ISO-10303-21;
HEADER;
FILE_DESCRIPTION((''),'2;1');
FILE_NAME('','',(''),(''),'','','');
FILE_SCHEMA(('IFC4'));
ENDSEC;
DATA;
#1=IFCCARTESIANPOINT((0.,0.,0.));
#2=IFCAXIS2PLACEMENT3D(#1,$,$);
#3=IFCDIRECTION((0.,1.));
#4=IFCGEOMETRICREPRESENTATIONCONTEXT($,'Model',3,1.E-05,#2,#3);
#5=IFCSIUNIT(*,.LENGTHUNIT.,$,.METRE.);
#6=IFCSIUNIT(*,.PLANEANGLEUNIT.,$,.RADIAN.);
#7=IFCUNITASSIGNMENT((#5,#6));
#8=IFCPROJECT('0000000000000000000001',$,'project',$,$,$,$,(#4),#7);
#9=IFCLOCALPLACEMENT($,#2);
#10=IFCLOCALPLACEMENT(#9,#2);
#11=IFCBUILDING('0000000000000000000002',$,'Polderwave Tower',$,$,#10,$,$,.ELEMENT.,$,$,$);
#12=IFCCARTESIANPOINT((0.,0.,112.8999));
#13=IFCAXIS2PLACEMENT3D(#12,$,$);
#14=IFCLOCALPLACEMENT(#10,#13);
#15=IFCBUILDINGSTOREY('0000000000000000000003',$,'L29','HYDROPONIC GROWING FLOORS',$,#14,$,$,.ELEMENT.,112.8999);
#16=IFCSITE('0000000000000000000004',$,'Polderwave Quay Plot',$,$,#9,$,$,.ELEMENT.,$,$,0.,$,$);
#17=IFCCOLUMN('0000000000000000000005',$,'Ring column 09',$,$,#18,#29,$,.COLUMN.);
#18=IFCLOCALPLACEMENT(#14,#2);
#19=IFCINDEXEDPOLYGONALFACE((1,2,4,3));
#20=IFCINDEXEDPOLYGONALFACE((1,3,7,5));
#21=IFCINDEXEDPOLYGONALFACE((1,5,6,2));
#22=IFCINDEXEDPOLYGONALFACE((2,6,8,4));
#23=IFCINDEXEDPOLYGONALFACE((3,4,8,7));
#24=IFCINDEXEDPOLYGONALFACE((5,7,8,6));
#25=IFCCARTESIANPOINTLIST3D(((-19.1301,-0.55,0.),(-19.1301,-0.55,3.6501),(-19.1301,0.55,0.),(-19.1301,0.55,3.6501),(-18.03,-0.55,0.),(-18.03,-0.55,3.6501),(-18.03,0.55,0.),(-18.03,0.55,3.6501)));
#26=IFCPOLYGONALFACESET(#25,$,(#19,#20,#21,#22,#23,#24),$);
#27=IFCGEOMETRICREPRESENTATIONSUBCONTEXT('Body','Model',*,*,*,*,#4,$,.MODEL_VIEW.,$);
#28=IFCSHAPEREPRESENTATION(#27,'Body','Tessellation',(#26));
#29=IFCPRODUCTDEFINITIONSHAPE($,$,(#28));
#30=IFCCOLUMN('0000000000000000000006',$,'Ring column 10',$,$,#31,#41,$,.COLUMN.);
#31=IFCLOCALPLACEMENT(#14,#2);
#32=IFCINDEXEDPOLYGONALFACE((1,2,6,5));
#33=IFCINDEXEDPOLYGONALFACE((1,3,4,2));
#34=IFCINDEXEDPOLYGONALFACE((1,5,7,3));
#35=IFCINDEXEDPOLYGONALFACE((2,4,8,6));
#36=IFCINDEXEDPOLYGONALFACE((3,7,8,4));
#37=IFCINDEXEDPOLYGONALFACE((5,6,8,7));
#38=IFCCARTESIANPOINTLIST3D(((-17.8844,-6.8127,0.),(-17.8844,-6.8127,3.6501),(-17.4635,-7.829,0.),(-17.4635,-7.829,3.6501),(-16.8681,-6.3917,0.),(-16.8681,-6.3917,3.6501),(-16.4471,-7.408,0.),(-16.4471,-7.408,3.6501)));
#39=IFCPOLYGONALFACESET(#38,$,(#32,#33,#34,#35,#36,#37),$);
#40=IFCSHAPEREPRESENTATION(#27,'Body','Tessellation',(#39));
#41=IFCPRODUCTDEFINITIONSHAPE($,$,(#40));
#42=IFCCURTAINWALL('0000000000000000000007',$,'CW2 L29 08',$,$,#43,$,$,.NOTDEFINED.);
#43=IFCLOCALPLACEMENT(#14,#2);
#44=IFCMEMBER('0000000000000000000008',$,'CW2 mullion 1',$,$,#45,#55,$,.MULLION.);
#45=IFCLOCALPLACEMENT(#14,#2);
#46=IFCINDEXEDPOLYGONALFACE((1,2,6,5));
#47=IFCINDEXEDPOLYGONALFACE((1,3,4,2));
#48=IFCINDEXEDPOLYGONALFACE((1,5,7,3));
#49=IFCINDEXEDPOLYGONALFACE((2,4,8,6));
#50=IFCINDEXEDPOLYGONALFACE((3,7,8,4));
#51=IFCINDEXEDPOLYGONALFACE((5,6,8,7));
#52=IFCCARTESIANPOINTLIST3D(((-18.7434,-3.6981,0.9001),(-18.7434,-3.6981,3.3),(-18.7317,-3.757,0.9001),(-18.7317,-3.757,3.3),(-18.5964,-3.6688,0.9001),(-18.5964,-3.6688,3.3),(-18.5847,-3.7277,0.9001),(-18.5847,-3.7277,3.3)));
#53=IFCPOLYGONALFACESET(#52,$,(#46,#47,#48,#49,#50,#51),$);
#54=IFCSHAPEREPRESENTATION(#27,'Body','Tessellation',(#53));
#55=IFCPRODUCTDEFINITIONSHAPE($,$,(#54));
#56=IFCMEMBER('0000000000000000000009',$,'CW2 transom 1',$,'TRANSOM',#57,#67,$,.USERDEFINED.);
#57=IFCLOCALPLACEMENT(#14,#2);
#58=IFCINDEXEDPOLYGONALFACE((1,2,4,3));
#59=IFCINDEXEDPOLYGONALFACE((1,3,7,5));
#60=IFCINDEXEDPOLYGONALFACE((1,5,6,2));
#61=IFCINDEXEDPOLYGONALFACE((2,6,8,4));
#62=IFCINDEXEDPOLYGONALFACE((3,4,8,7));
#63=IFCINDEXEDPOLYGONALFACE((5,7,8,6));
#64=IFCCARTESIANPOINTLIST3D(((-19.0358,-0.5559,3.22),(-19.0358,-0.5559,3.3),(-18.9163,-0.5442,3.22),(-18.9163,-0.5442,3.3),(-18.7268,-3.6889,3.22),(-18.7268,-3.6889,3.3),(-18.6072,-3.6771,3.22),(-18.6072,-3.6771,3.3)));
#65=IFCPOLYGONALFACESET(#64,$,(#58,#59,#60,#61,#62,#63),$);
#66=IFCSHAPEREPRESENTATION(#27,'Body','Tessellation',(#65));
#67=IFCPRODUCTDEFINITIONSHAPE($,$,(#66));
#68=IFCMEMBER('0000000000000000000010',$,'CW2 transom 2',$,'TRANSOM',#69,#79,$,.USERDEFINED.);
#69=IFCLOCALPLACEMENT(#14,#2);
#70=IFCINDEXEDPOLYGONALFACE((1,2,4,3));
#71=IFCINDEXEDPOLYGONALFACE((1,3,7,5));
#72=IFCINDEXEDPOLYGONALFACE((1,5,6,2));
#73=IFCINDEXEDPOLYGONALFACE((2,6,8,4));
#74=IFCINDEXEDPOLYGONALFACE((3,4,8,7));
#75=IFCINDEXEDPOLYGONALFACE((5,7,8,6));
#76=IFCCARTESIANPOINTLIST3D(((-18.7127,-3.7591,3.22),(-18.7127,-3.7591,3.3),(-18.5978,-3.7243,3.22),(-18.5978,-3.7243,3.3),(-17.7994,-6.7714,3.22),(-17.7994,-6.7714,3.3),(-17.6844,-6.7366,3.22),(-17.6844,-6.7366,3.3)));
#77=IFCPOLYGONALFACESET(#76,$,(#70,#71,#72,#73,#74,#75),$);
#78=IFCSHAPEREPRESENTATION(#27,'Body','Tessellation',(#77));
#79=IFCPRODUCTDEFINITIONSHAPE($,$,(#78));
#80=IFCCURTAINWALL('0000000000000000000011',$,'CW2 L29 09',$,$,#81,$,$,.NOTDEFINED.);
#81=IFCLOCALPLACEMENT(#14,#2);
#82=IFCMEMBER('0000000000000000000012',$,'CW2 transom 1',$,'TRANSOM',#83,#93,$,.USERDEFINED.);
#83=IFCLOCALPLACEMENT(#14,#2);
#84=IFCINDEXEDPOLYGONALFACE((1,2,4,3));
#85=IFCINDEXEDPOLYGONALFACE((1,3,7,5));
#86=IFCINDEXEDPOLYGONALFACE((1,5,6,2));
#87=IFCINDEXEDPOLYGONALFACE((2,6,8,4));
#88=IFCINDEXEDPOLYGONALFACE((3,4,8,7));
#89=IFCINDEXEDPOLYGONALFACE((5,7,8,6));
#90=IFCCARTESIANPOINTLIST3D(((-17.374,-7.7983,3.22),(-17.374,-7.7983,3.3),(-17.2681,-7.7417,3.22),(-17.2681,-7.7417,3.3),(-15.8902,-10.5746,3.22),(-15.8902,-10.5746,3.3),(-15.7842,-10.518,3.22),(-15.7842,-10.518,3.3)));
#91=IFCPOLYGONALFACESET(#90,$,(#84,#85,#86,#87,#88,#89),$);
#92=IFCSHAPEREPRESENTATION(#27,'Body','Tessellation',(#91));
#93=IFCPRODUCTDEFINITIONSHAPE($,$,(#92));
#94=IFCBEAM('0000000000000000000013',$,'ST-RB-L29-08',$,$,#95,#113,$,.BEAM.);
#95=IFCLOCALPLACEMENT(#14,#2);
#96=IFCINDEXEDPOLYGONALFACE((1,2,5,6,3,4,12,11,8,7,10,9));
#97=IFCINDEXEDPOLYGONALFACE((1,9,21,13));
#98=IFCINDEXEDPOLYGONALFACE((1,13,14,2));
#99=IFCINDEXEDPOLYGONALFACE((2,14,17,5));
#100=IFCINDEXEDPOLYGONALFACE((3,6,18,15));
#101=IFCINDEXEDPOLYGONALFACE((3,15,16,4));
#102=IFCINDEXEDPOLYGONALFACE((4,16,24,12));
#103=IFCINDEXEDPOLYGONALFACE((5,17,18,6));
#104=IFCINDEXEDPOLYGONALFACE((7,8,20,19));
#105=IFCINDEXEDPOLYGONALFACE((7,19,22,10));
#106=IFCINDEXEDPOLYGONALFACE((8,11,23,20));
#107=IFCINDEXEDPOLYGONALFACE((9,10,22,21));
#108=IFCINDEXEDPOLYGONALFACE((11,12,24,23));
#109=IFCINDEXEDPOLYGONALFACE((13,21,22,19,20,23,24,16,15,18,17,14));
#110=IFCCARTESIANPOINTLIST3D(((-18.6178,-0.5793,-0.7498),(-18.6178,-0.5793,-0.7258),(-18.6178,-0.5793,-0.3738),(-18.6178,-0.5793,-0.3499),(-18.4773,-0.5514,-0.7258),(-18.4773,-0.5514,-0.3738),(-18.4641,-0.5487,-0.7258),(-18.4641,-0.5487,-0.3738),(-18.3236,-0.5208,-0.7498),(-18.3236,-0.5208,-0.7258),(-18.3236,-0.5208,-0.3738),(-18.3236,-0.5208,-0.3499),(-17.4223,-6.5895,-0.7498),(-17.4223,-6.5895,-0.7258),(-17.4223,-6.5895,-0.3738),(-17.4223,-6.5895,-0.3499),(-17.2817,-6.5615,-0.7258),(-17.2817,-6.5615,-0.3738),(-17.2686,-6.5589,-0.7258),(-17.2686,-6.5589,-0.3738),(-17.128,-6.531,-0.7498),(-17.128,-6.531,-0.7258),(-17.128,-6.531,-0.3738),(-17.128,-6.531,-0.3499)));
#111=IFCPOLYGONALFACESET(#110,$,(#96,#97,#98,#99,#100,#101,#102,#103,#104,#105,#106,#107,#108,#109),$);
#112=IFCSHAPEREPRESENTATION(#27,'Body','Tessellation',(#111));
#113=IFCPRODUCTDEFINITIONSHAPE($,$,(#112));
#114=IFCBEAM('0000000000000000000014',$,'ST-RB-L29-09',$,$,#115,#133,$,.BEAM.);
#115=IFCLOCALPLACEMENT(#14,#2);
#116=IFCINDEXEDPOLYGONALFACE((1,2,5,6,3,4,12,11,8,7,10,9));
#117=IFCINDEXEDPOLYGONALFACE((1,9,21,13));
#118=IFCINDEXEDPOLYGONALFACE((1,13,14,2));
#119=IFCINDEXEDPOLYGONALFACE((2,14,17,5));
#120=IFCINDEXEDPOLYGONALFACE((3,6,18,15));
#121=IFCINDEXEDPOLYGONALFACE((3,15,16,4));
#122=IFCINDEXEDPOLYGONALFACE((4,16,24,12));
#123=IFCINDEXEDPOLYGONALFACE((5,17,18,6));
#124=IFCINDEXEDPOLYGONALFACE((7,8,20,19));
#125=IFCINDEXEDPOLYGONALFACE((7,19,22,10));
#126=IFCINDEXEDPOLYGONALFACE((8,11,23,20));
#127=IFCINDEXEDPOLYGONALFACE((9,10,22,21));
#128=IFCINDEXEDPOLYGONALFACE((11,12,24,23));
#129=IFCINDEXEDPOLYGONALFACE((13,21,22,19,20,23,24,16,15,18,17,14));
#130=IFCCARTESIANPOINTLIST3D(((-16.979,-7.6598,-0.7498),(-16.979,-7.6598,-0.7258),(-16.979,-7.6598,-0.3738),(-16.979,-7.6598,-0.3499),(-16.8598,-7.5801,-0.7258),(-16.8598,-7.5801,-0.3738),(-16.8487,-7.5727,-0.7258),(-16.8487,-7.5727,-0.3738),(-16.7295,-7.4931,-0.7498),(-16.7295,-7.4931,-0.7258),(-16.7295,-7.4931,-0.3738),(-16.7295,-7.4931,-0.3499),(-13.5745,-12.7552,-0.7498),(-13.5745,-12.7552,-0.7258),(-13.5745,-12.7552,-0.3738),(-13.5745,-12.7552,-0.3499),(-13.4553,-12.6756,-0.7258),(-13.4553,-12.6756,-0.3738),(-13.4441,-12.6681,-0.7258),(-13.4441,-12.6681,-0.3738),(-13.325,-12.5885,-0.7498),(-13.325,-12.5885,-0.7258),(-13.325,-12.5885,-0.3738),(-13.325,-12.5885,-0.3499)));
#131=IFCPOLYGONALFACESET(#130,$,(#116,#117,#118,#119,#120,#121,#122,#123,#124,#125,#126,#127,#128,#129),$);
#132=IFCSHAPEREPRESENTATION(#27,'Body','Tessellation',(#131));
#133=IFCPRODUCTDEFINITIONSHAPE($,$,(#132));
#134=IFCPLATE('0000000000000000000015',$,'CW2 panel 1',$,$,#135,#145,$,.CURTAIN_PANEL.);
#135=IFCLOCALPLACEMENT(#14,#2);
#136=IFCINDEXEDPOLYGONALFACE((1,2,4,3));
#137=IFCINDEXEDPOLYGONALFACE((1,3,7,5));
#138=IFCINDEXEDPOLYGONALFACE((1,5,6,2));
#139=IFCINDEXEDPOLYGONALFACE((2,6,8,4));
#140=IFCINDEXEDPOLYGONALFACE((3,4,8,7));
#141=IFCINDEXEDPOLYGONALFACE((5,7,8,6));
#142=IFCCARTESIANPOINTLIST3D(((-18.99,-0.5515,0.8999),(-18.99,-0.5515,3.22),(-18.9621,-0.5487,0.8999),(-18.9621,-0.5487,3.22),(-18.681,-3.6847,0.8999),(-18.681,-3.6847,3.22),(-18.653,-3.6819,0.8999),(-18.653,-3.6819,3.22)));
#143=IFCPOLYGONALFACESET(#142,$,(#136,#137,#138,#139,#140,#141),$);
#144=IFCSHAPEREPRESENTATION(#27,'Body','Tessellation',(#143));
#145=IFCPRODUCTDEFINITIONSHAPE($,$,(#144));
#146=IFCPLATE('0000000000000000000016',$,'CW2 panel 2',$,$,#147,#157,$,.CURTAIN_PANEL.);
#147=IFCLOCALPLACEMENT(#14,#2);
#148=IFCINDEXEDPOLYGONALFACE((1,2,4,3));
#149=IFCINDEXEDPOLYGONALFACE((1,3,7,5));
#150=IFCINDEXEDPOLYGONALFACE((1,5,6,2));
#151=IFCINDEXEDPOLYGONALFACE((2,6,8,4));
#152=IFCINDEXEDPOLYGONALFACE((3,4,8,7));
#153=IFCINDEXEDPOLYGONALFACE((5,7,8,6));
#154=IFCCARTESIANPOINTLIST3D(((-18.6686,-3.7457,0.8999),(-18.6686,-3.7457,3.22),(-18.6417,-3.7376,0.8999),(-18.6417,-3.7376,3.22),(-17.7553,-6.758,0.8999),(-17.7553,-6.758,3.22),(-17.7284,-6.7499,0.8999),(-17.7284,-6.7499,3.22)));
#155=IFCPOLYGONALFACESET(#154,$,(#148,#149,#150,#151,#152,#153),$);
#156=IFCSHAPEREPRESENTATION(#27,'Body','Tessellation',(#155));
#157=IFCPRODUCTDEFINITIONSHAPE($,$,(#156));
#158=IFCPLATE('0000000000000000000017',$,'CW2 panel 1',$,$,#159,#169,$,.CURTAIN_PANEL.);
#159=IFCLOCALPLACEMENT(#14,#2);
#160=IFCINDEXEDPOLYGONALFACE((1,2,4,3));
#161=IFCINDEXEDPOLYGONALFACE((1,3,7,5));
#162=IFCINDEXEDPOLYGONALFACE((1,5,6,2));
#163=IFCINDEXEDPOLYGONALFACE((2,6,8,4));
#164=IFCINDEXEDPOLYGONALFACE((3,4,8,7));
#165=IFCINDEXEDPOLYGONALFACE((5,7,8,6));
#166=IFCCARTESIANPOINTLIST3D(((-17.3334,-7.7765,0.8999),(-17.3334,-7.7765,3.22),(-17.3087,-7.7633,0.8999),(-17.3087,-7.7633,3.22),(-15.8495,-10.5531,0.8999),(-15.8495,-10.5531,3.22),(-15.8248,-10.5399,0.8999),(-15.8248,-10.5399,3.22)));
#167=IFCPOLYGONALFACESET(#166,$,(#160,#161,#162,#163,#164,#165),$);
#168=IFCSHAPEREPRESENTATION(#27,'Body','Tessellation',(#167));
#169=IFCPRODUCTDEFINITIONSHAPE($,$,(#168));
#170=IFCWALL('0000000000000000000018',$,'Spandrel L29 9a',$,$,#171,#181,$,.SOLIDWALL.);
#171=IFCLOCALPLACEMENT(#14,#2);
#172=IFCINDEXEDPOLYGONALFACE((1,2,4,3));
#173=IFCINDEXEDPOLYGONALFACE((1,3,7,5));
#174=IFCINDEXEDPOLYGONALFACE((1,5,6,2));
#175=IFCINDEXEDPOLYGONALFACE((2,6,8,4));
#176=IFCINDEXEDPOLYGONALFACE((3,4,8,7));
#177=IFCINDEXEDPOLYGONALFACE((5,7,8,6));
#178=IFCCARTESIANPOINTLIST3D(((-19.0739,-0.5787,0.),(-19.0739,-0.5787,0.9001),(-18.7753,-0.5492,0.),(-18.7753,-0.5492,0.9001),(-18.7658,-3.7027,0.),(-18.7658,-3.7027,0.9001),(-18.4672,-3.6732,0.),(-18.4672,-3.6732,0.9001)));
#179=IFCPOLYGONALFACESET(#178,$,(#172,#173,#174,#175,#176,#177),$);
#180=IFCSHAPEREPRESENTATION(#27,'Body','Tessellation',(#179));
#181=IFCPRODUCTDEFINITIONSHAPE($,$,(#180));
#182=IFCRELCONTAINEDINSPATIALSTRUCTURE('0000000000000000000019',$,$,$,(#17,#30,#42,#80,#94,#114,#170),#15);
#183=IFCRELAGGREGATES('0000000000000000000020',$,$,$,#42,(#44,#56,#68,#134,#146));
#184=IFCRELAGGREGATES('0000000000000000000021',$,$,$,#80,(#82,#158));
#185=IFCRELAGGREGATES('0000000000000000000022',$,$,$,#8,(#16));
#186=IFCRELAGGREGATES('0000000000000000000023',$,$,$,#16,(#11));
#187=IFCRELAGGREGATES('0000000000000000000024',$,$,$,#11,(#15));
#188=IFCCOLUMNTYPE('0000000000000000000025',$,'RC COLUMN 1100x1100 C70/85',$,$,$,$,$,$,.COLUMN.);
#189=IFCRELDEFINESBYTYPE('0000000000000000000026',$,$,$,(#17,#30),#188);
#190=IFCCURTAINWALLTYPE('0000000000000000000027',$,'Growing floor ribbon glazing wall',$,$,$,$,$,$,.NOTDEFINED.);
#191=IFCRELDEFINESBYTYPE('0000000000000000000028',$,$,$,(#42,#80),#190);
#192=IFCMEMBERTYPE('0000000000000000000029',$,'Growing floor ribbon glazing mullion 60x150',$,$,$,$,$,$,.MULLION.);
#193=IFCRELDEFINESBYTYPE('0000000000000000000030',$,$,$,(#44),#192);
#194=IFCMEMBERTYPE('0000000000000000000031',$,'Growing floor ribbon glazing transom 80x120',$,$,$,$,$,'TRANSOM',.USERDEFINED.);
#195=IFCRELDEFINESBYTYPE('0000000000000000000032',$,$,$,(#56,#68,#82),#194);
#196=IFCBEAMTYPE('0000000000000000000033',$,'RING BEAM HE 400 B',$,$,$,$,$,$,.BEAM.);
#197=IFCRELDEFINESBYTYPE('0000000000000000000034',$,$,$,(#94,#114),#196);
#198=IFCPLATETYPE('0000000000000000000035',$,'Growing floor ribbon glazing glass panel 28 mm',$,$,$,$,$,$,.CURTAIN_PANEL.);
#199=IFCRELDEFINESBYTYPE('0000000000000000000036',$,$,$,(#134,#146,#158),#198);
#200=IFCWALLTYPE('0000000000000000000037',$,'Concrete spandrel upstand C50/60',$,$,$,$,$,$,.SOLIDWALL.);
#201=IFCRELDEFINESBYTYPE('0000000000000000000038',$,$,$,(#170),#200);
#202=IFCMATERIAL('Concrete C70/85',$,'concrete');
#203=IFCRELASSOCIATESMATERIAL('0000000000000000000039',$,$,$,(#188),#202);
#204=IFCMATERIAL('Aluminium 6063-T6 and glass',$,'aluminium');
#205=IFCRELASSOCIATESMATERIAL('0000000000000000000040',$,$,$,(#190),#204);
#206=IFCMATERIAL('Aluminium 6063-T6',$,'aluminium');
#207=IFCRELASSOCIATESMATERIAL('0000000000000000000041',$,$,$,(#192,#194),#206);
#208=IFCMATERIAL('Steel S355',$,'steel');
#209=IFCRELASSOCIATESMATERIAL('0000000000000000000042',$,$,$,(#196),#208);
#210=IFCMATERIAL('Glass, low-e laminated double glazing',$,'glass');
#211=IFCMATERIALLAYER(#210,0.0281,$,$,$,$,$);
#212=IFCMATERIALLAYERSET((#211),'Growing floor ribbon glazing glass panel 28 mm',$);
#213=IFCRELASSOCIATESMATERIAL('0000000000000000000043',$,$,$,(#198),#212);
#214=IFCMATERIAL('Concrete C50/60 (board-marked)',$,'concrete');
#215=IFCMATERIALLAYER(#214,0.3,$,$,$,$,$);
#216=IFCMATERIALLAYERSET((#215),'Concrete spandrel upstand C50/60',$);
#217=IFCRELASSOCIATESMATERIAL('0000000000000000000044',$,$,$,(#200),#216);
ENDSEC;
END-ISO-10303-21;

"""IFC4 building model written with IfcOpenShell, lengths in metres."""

from ifc_helpers import new_model, si_unit, direction, frame, frame_2d, origin, origin_2d, place, context, subcontext, project, spatial, rectangle, i_section, extrude, material, layer, layer_set, material_profile, profile_set, type_object, element, aggregate, save


model = new_model("IFC4")

# Units and contexts
model_context = context("Model", 3, precision=1e-05, world=origin(), true_north=direction((0.0, 1.0)))
body_context = subcontext(model_context, "Body", "Model", "MODEL_VIEW")
ifc_project = project(units=[si_unit("LENGTHUNIT", "METRE"), si_unit("PLANEANGLEUNIT", "RADIAN")], contexts=[model_context])

# Site, building, storey
site_placement = place(None, origin())
site = spatial("IfcSite", under=ifc_project, at=site_placement, Name="Polderwave Quay Plot", CompositionType="ELEMENT", RefElevation=0.0)
building_placement = place(site_placement, origin())
building = spatial("IfcBuilding", under=site, at=building_placement, Name="Polderwave Tower", CompositionType="ELEMENT")
storey_placement = place(building_placement, frame((0.0, 0.0, 112.8999)))
storey = spatial("IfcBuildingStorey", under=building, at=storey_placement, Name="L29", Description="HYDROPONIC GROWING FLOORS", CompositionType="ELEMENT", Elevation=112.8999)

# Columns
ifc_material_1 = material(Name="Concrete C70/85", Category="concrete")
ifc_material_profile_1 = material_profile(ifc_material_1, rectangle(XDim=1.1001, YDim=1.1001, at=origin_2d()), Name="RC 1100x1100")
ifc_profile_set_1 = profile_set([ifc_material_profile_1], Name="Concrete C70/85")
column_type = type_object("IfcColumnType", Name="RC COLUMN 1100x1100 C70/85", PredefinedType="COLUMN", material=ifc_profile_set_1)
for number, where, z_axis, x_axis, name in (
    (1, (-18.5801, 0.0, 0.0), (0.0, 0.0, 1.0), (-1.0, 0.0, 0.0), "Ring column 09"),
    (2, (-17.1658, -7.1104, 0.0), (0.0, 0.0, 1.0), (-0.92388, -0.382683, 0.0), "Ring column 10"),
):
    element("IfcColumn", number, at=place(storey_placement, frame(where, z_axis=z_axis, x_axis=x_axis)), inside=storey, type_object=column_type, Name=name, PredefinedType="COLUMN", context=body_context, shape_type="SweptSolid", body=[
        extrude(rectangle(XDim=1.1001, YDim=1.1001, at=origin_2d()), origin(), (0.0, 0.0, 1.0), 3.6501),
    ])

# Curtain wall, members
ifc_material_2 = material(Name="Aluminium 6063-T6 and glass", Category="aluminium")
curtain_wall_type = type_object("IfcCurtainWallType", Name="Growing floor ribbon glazing wall", PredefinedType="NOTDEFINED", material=ifc_material_2)
curtain_wall_1_placement = place(storey_placement, origin())
curtain_wall_1 = element("IfcCurtainWall", 3, at=curtain_wall_1_placement, inside=storey, type_object=curtain_wall_type, Name="CW2 L29 08", PredefinedType="NOTDEFINED")
ifc_material_3 = material(Name="Aluminium 6063-T6", Category="aluminium")
ifc_material_profile_2 = material_profile(ifc_material_3, rectangle(XDim=0.1499, YDim=0.0601, at=origin_2d()), Name="AL 60x150")
ifc_profile_set_2 = profile_set([ifc_material_profile_2], Name="Aluminium 6063-T6")
member_type_1 = type_object("IfcMemberType", Name="Growing floor ribbon glazing mullion 60x150", PredefinedType="MULLION", material=ifc_profile_set_2)
member_1_placement = place(storey_placement, frame((-18.6641, -3.7129, 0.9001), z_axis=(0.0, 0.0, 1.0), x_axis=(0.980785, 0.195092, 0.0)))
member_1 = element("IfcMember", 4, at=member_1_placement, type_object=member_type_1, Name="CW2 mullion 1", PredefinedType="MULLION", context=body_context, shape_type="SweptSolid", body=[
    extrude(rectangle(XDim=0.1499, YDim=0.0601, at=origin_2d()), origin(), (0.0, 0.0, 1.0), 2.3999),
])
ifc_material_profile_3 = material_profile(ifc_material_3, rectangle(XDim=0.1201, YDim=0.0801, at=origin_2d()), Name="AL 80x120")
ifc_profile_set_3 = profile_set([ifc_material_profile_3], Name="Aluminium 6063-T6")
member_type_2 = type_object("IfcMemberType", Name="Growing floor ribbon glazing transom 80x120", ElementType="TRANSOM", PredefinedType="USERDEFINED", material=ifc_profile_set_3)
member_2_placement = place(storey_placement, frame((-18.9761, -0.55, 3.26), z_axis=(0.098175, -0.995169, 0.0), x_axis=(0.995169, 0.098175, 0.0)))
member_2 = element("IfcMember", 5, at=member_2_placement, type_object=member_type_2, Name="CW2 transom 1", ObjectType="TRANSOM", PredefinedType="USERDEFINED", context=body_context, shape_type="SweptSolid", body=[
    extrude(rectangle(XDim=0.1201, YDim=0.0801, at=origin_2d()), origin(), (0.0, 0.0, 1.0), 3.1482),
])
member_3_placement = place(storey_placement, frame((-18.6553, -3.7417, 3.26), z_axis=(0.290165, -0.956977, 0.0), x_axis=(0.956977, 0.290165, 0.0)))
member_3 = element("IfcMember", 6, at=member_3_placement, type_object=member_type_2, Name="CW2 transom 2", ObjectType="TRANSOM", PredefinedType="USERDEFINED", context=body_context, shape_type="SweptSolid", body=[
    extrude(rectangle(XDim=0.1201, YDim=0.0801, at=origin_2d()), origin(), (0.0, 0.0, 1.0), 3.1477),
])

# Curtain wall, member
curtain_wall_2_placement = place(storey_placement, origin())
curtain_wall_2 = element("IfcCurtainWall", 7, at=curtain_wall_2_placement, inside=storey, type_object=curtain_wall_type, Name="CW2 L29 09", PredefinedType="NOTDEFINED")
member_4_placement = place(storey_placement, frame((-17.321, -7.77, 3.26), z_axis=(0.471369, -0.881936, 0.0), x_axis=(0.881936, 0.471369, 0.0)))
member_4 = element("IfcMember", 8, at=member_4_placement, type_object=member_type_2, Name="CW2 transom 1", ObjectType="TRANSOM", PredefinedType="USERDEFINED", context=body_context, shape_type="SweptSolid", body=[
    extrude(rectangle(XDim=0.1201, YDim=0.0801, at=origin_2d()), origin(), (0.0, 0.0, 1.0), 3.1479),
])

# Beams
ifc_material_4 = material(Name="Steel S355", Category="steel")
ifc_material_profile_4 = material_profile(ifc_material_4, i_section(OverallWidth=0.3, OverallDepth=0.3999, WebThickness=0.0134, FlangeThickness=0.0239, at=origin_2d()), Name="HE 400 B")
ifc_profile_set_4 = profile_set([ifc_material_profile_4], Name="Steel S355")
beam_type = type_object("IfcBeamType", Name="RING BEAM HE 400 B", PredefinedType="BEAM", material=ifc_profile_set_4)
beam_1_placement = place(storey_placement, frame((-18.4707, -0.55, -0.5498), z_axis=(0.195097, -0.980784, 0.0), x_axis=(0.980784, 0.195097, 0.0)))
element("IfcBeam", 9, at=beam_1_placement, inside=storey, type_object=beam_type, Name="ST-RB-L29-08", PredefinedType="BEAM", context=body_context, shape_type="SweptSolid", body=[
    extrude(i_section(OverallWidth=0.3, OverallDepth=0.3999, WebThickness=0.0134, FlangeThickness=0.0239, at=origin_2d()), origin(), (0.0, 0.0, 1.0), 6.1279),
])
beam_2_placement = place(storey_placement, frame((-16.8542, -7.5764, -0.5498), z_axis=(0.555555, -0.83148, 0.0), x_axis=(0.83148, 0.555555, 0.0)))
element("IfcBeam", 10, at=beam_2_placement, inside=storey, type_object=beam_type, Name="ST-RB-L29-09", PredefinedType="BEAM", context=body_context, shape_type="SweptSolid", body=[
    extrude(i_section(OverallWidth=0.3, OverallDepth=0.3999, WebThickness=0.0134, FlangeThickness=0.0239, at=origin_2d()), origin(), (0.0, 0.0, 1.0), 6.1282),
])

# Plates
ifc_material_5 = material(Name="Glass, low-e laminated double glazing", Category="glass")
ifc_layer_1 = layer(ifc_material_5, 0.0281)
ifc_layer_set_1 = layer_set([ifc_layer_1], Name="Growing floor ribbon glazing glass panel 28 mm")
plate_type = type_object("IfcPlateType", Name="Growing floor ribbon glazing glass panel 28 mm", PredefinedType="CURTAIN_PANEL", material=ifc_layer_set_1)
plate_1_placement = place(storey_placement, frame((-18.8215, -2.1167, 0.8999), z_axis=(0.0, 0.0, 1.0), x_axis=(0.098165, -0.99517, 0.0)))
plate_1 = element("IfcPlate", 11, at=plate_1_placement, type_object=plate_type, Name="CW2 panel 1", PredefinedType="CURTAIN_PANEL", context=body_context, shape_type="SweptSolid", body=[
    extrude(rectangle(XDim=3.1484, YDim=0.0281, at=origin_2d()), origin(), (0.0, 0.0, 1.0), 2.3201),
])
plate_2_placement = place(storey_placement, frame((-18.1985, -5.2478, 0.8999), z_axis=(0.0, 0.0, 1.0), x_axis=(0.290148, -0.956982, 0.0)))
plate_2 = element("IfcPlate", 12, at=plate_2_placement, type_object=plate_type, Name="CW2 panel 2", PredefinedType="CURTAIN_PANEL", context=body_context, shape_type="SweptSolid", body=[
    extrude(rectangle(XDim=3.1477, YDim=0.0281, at=origin_2d()), origin(), (0.0, 0.0, 1.0), 2.3201),
])
aggregate(curtain_wall_1, [member_1, member_2, member_3, plate_1, plate_2])
plate_3_placement = place(storey_placement, frame((-16.5791, -9.1582, 0.8999), z_axis=(0.0, 0.0, 1.0), x_axis=(0.47134, -0.881952, 0.0)))
plate_3 = element("IfcPlate", 13, at=plate_3_placement, type_object=plate_type, Name="CW2 panel 1", PredefinedType="CURTAIN_PANEL", context=body_context, shape_type="SweptSolid", body=[
    extrude(rectangle(XDim=3.1482, YDim=0.0281, at=origin_2d()), origin(), (0.0, 0.0, 1.0), 2.3201),
])
aggregate(curtain_wall_2, [member_4, plate_3])

# Wall
ifc_material_6 = material(Name="Concrete C50/60 (board-marked)", Category="concrete")
ifc_layer_2 = layer(ifc_material_6, 0.3)
ifc_layer_set_2 = layer_set([ifc_layer_2], Name="Concrete spandrel upstand C50/60")
wall_type_1 = type_object("IfcWallType", Name="Concrete spandrel upstand C50/60", PredefinedType="SOLIDWALL", material=ifc_layer_set_2)
wall_1_placement = place(storey_placement, frame((-18.9246, -0.564, 0.0), z_axis=(0.0, 0.0, 1.0), x_axis=(0.098148, -0.995172, 0.0)))
element("IfcWall", 14, at=wall_1_placement, inside=storey, type_object=wall_type_1, Name="Spandrel L29 9a", PredefinedType="SOLIDWALL", context=body_context, shape_type="SweptSolid", body=[
    extrude(rectangle(XDim=3.1392, YDim=0.3, at=frame_2d((1.5696, 0.0))), origin(), (0.0, 0.0, 1.0), 0.9001),
])

save(model, "model.ifc")
